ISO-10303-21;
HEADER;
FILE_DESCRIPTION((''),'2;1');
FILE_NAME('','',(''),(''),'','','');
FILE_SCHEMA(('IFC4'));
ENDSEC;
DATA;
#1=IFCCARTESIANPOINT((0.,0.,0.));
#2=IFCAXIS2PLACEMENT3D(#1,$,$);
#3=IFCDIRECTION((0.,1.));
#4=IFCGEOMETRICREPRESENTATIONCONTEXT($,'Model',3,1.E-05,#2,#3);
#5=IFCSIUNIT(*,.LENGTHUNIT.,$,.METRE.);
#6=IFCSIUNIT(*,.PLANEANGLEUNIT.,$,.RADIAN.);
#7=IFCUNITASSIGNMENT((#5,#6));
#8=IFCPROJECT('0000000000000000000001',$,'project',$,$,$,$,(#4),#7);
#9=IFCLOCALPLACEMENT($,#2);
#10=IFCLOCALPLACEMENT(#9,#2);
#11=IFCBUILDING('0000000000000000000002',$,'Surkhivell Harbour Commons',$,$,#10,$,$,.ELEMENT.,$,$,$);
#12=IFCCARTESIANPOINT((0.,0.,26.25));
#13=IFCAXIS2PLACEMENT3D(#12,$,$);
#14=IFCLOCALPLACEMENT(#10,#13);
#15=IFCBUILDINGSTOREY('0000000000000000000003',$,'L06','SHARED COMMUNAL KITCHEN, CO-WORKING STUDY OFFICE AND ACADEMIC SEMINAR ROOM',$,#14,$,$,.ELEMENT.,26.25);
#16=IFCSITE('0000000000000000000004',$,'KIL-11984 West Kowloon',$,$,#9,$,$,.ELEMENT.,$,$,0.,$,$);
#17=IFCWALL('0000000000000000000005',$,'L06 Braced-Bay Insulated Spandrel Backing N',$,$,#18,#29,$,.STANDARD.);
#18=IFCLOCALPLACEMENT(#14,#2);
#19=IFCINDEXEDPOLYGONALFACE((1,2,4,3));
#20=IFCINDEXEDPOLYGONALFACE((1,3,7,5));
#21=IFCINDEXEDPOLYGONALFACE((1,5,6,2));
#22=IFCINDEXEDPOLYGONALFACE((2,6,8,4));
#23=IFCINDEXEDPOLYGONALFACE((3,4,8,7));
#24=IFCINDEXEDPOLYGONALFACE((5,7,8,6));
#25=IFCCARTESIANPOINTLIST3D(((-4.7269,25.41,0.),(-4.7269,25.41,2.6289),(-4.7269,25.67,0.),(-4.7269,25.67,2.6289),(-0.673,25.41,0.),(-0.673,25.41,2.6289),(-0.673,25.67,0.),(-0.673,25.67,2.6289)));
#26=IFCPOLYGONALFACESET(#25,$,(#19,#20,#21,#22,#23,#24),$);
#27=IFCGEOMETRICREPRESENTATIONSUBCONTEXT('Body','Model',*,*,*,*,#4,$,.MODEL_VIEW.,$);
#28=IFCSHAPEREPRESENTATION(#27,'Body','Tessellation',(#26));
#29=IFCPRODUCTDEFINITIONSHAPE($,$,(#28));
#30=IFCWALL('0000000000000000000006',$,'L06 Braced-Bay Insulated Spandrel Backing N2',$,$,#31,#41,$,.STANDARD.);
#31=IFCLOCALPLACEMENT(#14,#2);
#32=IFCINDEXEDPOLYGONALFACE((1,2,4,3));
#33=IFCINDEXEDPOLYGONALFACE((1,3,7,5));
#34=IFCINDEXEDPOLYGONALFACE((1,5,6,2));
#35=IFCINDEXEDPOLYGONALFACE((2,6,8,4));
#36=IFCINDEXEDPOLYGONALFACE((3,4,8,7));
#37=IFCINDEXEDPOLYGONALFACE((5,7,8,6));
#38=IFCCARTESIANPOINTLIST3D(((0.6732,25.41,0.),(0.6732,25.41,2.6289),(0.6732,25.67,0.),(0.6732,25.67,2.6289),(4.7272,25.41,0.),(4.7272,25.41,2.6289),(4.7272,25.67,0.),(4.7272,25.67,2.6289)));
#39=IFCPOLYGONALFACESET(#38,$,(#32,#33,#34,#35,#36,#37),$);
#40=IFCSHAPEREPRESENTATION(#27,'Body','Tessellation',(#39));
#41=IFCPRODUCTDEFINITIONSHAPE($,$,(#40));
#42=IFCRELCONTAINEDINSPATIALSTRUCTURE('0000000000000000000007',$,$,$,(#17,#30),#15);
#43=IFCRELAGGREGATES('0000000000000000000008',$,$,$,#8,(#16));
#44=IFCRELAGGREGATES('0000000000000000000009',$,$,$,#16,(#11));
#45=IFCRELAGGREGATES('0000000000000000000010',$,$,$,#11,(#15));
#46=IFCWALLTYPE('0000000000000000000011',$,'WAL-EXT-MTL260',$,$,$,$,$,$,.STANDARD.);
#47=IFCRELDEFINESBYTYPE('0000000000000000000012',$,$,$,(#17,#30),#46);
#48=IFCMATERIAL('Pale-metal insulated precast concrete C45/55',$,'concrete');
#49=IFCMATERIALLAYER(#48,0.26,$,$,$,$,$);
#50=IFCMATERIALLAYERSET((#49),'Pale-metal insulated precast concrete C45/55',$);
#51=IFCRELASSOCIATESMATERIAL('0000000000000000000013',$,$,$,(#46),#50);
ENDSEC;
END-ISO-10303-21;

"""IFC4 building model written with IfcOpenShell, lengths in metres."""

from ifc_helpers import new_model, si_unit, direction, frame, frame_2d, origin, place, context, subcontext, project, spatial, rectangle, extrude, material, layer, layer_set, type_object, element, save


model = new_model("IFC4")

# Units and contexts
model_context = context("Model", 3, precision=1e-05, world=origin(), true_north=direction((0.0, 1.0)))
body_context = subcontext(model_context, "Body", "Model", "MODEL_VIEW")
ifc_project = project(units=[si_unit("LENGTHUNIT", "METRE"), si_unit("PLANEANGLEUNIT", "RADIAN")], contexts=[model_context])

# Site, building, storey
site_placement = place(None, origin())
site = spatial("IfcSite", under=ifc_project, at=site_placement, Name="KIL-11984 West Kowloon", CompositionType="ELEMENT", RefElevation=0.0)
building_placement = place(site_placement, origin())
building = spatial("IfcBuilding", under=site, at=building_placement, Name="Surkhivell Harbour Commons", CompositionType="ELEMENT")
storey_placement = place(building_placement, frame((0.0, 0.0, 26.25)))
storey = spatial("IfcBuildingStorey", under=building, at=storey_placement, Name="L06", Description="SHARED COMMUNAL KITCHEN, CO-WORKING STUDY OFFICE AND ACADEMIC SEMINAR ROOM", CompositionType="ELEMENT", Elevation=26.25)

# Walls
ifc_material_1 = material(Name="Pale-metal insulated precast concrete C45/55", Category="concrete")
ifc_layer_1 = layer(ifc_material_1, 0.26)
ifc_layer_set_1 = layer_set([ifc_layer_1], Name="Pale-metal insulated precast concrete C45/55")
wall_type = type_object("IfcWallType", Name="WAL-EXT-MTL260", PredefinedType="STANDARD", material=ifc_layer_set_1)
for number, where, z_axis, x_axis, name in (
    (1, (-0.6731, 25.54, 0.0), (0.0, 0.0, 1.0), (-1.0, 0.0, 0.0), "L06 Braced-Bay Insulated Spandrel Backing N"),
    (2, (4.7271, 25.54, 0.0), (0.0, 0.0, 1.0), (-1.0, 0.0, 0.0), "L06 Braced-Bay Insulated Spandrel Backing N2"),
):
    element("IfcWall", number, at=place(storey_placement, frame(where, z_axis=z_axis, x_axis=x_axis)), inside=storey, type_object=wall_type, Name=name, PredefinedType="STANDARD", context=body_context, shape_type="SweptSolid", body=[
        extrude(rectangle(XDim=4.054, YDim=0.26, at=frame_2d((2.0269, 0.0))), origin(), (0.0, 0.0, 1.0), 2.6289),
    ])

save(model, "model.ifc")
